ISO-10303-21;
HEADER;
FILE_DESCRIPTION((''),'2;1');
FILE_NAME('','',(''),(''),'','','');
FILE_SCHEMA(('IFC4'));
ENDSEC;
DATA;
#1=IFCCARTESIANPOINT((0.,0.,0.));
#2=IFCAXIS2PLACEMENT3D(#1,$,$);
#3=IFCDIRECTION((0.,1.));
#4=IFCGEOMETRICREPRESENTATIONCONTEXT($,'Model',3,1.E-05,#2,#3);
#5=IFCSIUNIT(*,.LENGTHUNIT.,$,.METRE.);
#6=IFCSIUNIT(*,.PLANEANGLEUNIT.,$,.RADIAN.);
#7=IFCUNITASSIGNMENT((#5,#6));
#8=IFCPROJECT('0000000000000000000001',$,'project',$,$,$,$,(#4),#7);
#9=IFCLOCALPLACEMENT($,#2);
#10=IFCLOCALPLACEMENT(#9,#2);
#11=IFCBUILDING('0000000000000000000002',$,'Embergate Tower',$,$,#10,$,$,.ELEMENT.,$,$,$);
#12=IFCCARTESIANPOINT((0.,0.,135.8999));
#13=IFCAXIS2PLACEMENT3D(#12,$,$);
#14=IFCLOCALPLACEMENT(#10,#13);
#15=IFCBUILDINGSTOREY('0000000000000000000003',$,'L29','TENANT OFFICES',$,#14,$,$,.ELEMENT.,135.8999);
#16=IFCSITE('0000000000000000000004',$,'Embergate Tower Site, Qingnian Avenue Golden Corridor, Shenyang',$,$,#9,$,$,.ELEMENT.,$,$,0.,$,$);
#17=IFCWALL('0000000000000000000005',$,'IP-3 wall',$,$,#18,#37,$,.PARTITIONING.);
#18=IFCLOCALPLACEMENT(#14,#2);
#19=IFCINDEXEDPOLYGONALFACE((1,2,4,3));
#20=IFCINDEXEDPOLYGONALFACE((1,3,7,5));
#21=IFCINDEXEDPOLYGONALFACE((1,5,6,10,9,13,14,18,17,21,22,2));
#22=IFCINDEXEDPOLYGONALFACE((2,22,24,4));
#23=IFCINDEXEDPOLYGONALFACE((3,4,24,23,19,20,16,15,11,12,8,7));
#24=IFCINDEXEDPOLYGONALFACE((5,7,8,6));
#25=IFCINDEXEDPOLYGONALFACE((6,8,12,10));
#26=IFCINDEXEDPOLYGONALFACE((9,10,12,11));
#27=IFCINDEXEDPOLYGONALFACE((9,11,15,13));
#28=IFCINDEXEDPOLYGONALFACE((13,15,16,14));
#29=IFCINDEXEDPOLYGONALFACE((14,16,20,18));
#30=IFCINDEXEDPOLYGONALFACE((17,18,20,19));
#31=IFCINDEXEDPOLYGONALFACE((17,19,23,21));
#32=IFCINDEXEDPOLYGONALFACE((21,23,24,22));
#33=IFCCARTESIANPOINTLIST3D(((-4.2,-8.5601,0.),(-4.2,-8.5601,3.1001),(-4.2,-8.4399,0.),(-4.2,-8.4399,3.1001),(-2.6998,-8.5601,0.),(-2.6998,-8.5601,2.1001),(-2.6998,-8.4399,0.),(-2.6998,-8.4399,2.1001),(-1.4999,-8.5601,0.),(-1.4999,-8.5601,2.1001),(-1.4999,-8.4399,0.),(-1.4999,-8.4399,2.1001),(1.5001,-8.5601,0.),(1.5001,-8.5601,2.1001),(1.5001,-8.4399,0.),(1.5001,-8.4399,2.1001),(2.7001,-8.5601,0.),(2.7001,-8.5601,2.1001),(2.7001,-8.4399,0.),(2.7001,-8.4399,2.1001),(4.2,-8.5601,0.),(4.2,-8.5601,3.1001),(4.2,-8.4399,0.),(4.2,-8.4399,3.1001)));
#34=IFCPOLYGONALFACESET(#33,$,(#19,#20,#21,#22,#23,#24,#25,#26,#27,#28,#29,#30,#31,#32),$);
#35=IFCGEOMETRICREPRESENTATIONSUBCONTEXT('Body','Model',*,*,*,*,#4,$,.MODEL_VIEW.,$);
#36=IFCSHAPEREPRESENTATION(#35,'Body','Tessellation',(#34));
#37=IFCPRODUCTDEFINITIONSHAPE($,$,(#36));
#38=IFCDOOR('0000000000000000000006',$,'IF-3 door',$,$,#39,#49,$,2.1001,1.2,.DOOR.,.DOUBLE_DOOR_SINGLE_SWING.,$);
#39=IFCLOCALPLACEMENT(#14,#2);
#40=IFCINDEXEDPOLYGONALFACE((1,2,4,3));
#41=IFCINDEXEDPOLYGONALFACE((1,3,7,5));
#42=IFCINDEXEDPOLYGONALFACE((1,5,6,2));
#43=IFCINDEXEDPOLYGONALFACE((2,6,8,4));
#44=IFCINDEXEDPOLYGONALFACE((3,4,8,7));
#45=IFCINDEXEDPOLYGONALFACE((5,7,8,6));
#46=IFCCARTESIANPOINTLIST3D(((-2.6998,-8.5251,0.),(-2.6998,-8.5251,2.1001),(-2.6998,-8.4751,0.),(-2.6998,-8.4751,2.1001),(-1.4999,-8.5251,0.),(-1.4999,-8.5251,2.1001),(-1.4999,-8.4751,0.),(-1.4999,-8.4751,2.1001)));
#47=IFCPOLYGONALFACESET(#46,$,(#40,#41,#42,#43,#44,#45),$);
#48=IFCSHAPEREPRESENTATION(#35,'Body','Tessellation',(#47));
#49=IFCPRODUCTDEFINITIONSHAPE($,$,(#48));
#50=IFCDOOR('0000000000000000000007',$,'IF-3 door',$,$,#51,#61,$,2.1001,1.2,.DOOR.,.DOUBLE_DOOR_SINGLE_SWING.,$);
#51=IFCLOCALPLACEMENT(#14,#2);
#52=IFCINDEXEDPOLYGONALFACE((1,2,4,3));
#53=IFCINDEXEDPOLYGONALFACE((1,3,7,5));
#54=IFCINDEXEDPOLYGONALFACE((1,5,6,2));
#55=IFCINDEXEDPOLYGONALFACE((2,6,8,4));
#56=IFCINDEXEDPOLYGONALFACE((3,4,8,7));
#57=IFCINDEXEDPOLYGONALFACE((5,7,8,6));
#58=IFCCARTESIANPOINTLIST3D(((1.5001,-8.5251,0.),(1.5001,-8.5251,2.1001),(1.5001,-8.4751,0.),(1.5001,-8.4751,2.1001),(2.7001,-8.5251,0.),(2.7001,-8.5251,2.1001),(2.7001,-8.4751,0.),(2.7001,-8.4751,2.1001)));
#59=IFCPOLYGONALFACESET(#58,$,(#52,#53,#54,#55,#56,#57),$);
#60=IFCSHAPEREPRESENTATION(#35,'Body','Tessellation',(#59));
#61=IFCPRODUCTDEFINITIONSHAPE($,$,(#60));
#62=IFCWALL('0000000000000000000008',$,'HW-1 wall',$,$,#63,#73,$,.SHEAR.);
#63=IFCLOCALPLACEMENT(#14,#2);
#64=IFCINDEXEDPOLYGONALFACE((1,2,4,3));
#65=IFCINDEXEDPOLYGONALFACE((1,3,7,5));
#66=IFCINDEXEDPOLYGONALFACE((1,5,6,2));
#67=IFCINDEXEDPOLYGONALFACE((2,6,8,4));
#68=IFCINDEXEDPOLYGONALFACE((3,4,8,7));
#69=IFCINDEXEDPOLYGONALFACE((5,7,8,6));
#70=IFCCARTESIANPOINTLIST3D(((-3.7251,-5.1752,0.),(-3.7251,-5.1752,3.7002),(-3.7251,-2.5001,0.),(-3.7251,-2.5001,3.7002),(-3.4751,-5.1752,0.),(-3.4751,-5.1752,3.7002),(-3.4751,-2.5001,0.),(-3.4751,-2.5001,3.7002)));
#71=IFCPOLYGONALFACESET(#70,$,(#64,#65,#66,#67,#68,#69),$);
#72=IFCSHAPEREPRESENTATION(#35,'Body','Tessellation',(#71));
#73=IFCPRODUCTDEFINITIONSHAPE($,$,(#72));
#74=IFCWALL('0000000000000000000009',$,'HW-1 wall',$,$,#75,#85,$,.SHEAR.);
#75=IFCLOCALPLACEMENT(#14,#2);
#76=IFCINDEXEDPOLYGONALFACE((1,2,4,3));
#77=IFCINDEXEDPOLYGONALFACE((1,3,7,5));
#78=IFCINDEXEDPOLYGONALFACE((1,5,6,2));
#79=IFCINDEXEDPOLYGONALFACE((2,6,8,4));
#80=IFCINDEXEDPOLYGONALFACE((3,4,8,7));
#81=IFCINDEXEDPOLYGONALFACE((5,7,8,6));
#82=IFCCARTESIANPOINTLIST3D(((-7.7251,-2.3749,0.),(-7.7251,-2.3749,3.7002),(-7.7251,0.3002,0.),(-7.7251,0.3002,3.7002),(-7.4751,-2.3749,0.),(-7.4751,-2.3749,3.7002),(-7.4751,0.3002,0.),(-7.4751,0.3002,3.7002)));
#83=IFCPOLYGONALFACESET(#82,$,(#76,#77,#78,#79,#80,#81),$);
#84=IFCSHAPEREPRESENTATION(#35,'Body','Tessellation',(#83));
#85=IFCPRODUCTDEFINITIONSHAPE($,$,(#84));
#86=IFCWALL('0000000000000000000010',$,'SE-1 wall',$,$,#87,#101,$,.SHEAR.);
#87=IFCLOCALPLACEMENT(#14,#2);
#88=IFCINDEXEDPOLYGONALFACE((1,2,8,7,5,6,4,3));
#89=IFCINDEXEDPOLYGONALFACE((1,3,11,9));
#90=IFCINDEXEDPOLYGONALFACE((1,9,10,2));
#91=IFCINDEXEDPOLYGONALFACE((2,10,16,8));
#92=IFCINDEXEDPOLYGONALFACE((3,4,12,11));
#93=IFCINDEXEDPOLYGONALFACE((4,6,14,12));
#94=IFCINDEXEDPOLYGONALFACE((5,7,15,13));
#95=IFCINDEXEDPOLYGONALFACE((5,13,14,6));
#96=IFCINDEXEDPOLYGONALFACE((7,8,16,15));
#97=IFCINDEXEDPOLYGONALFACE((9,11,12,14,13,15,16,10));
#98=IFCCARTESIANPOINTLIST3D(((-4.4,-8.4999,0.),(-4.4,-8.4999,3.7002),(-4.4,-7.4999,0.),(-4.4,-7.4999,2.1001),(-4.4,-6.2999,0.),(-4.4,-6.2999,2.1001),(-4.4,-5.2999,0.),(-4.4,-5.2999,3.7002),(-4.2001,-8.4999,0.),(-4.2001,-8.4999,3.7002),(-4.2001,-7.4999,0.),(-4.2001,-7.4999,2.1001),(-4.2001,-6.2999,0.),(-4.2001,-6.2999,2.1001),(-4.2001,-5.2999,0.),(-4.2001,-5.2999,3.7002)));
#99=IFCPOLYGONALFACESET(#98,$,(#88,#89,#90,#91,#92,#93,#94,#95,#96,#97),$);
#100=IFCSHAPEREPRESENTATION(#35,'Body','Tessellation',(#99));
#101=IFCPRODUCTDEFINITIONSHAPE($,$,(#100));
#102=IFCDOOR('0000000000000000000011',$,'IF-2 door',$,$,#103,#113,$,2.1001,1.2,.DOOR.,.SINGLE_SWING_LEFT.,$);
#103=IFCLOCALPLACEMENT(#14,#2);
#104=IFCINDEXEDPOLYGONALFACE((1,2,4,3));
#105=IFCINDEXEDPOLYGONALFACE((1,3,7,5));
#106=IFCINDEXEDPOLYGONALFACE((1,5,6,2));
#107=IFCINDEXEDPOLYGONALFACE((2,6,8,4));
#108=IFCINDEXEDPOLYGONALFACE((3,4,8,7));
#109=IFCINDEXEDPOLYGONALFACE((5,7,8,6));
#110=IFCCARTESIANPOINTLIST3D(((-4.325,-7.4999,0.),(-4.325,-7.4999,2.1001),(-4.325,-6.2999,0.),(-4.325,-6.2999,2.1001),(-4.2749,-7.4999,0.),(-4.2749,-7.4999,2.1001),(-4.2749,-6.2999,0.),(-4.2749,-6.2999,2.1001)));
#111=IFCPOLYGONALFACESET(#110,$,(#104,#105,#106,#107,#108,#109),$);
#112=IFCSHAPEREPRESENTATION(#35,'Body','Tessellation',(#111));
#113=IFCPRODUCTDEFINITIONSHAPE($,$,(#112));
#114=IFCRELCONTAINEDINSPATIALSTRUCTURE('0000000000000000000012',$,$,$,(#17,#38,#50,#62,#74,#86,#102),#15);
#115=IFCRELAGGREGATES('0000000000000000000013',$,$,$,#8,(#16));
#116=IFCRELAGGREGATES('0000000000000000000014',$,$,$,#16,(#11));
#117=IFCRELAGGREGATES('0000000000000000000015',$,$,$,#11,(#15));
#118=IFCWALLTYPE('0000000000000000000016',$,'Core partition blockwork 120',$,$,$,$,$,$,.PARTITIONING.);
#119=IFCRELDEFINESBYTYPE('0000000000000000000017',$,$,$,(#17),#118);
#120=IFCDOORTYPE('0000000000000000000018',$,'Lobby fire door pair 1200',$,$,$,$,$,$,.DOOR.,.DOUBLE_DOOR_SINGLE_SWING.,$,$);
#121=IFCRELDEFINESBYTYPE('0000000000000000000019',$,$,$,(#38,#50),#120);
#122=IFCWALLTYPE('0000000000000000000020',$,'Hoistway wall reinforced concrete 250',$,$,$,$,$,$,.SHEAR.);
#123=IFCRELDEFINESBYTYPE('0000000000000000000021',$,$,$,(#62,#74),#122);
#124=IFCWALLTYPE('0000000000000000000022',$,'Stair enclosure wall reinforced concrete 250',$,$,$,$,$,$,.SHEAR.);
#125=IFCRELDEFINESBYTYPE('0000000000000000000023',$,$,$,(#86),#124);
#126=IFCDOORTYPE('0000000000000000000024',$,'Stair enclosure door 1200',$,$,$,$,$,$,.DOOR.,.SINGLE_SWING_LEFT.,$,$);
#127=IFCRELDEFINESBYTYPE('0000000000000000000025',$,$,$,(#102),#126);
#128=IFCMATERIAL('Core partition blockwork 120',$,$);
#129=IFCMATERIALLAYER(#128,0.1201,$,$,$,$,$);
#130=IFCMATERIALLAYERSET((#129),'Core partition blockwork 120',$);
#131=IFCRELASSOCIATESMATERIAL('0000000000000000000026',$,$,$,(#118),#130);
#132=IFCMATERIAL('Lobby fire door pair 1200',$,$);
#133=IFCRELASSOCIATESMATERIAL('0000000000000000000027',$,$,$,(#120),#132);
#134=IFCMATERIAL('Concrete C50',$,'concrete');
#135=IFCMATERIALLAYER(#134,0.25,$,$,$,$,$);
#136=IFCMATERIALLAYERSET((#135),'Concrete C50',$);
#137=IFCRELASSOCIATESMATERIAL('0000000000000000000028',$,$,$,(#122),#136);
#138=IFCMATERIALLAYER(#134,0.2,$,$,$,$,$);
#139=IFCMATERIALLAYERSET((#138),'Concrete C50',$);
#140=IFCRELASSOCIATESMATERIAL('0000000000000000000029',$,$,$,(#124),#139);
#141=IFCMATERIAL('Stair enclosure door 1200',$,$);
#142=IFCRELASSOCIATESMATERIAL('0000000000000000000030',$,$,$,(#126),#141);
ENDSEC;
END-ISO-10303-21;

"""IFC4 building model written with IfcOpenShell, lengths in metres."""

from ifc_helpers import new_model, si_unit, direction, frame, frame_2d, origin, place, context, subcontext, project, spatial, rectangle, extrude, source, transform, mapped, material, layer, layer_set, type_object, element, fill, save


model = new_model("IFC4")

# Units and contexts
model_context = context("Model", 3, precision=1e-05, world=origin(), true_north=direction((0.0, 1.0)))
body_context = subcontext(model_context, "Body", "Model", "MODEL_VIEW")
ifc_project = project(units=[si_unit("LENGTHUNIT", "METRE"), si_unit("PLANEANGLEUNIT", "RADIAN")], contexts=[model_context])

# Site, building, storey
site_placement = place(None, origin())
site = spatial("IfcSite", under=ifc_project, at=site_placement, Name="Embergate Tower Site, Qingnian Avenue Golden Corridor, Shenyang", CompositionType="ELEMENT", RefElevation=0.0)
building_placement = place(site_placement, origin())
building = spatial("IfcBuilding", under=site, at=building_placement, Name="Embergate Tower", CompositionType="ELEMENT")
storey_placement = place(building_placement, frame((0.0, 0.0, 135.8999)))
storey = spatial("IfcBuildingStorey", under=building, at=storey_placement, Name="L29", Description="TENANT OFFICES", CompositionType="ELEMENT", Elevation=135.8999)

# Wall, openings, doors
ifc_material_1 = material(Name="Core partition blockwork 120")
ifc_layer_1 = layer(ifc_material_1, 0.1201)
ifc_layer_set_1 = layer_set([ifc_layer_1], Name="Core partition blockwork 120")
wall_type_1 = type_object("IfcWallType", Name="Core partition blockwork 120", PredefinedType="PARTITIONING", material=ifc_layer_set_1)
shared_shape_1 = source(origin(), body_context, "Body", "SweptSolid", [
    extrude(rectangle(XDim=8.3999, YDim=0.1201, at=frame_2d((4.2, 0.0))), origin(), (0.0, 0.0, 1.0), 3.1001),
])
wall_1_placement = place(storey_placement, frame((-4.2, -8.5, 0.0), z_axis=(0.0, 0.0, 1.0), x_axis=(1.0, 0.0, 0.0)))
wall_1 = element("IfcWall", 1, at=wall_1_placement, inside=storey, type_object=wall_type_1, Name="IP-3 wall", PredefinedType="PARTITIONING", context=body_context, shape_type="MappedRepresentation", body=[
    mapped(shared_shape_1, transform((0.0, 0.0, 0.0))),
])
shared_shape_2 = source(origin(), body_context, "Body", "SweptSolid", [
    extrude(rectangle(XDim=1.2, YDim=2.1001, at=frame_2d((0.6001, 1.05))), frame((0.0, 0.0701, 0.0), z_axis=(0.0, -1.0, 0.0), x_axis=(1.0, 0.0, 0.0)), (0.0, 0.0, 1.0), 0.1401),
])
opening_1_placement = place(wall_1_placement, frame((1.5, 0.0, 0.0)))
opening_1 = element("IfcOpeningElement", 2, at=opening_1_placement, cuts=wall_1, PredefinedType="OPENING", context=body_context, shape_type="MappedRepresentation", body=[
    mapped(shared_shape_2, transform((0.0, 0.0, 0.0))),
])
opening_2_placement = place(wall_1_placement, frame((5.7, 0.0, 0.0)))
opening_2 = element("IfcOpeningElement", 3, at=opening_2_placement, cuts=wall_1, PredefinedType="OPENING", context=body_context, shape_type="MappedRepresentation", body=[
    mapped(shared_shape_2, transform((0.0, 0.0, 0.0))),
])
ifc_material_2 = material(Name="Lobby fire door pair 1200")
door_type_1 = type_object("IfcDoorType", Name="Lobby fire door pair 1200", OperationType="DOUBLE_DOOR_SINGLE_SWING", PredefinedType="DOOR", material=ifc_material_2)
shared_shape_3 = source(origin(), body_context, "Body", "SweptSolid", [
    extrude(rectangle(XDim=1.2, YDim=2.1001, at=frame_2d((0.6001, 1.05))), frame((0.0, 0.0249, 0.0), z_axis=(0.0, -1.0, 0.0), x_axis=(1.0, 0.0, 0.0)), (0.0, 0.0, 1.0), 0.05),
])
door_1_placement = place(opening_1_placement, origin())
door_1 = element("IfcDoor", 4, at=door_1_placement, inside=storey, type_object=door_type_1, Name="IF-3 door", OperationType="DOUBLE_DOOR_SINGLE_SWING", OverallHeight=2.1001, OverallWidth=1.2, PredefinedType="DOOR", context=body_context, shape_type="MappedRepresentation", body=[
    mapped(shared_shape_3, transform((0.0, 0.0, 0.0))),
])
fill(opening_1, door_1)
door_2_placement = place(opening_2_placement, origin())
door_2 = element("IfcDoor", 5, at=door_2_placement, inside=storey, type_object=door_type_1, Name="IF-3 door", OperationType="DOUBLE_DOOR_SINGLE_SWING", OverallHeight=2.1001, OverallWidth=1.2, PredefinedType="DOOR", context=body_context, shape_type="MappedRepresentation", body=[
    mapped(shared_shape_3, transform((0.0, 0.0, 0.0))),
])
fill(opening_2, door_2)

# Walls
ifc_material_3 = material(Name="Concrete C50", Category="concrete")
ifc_layer_2 = layer(ifc_material_3, 0.25)
ifc_layer_set_2 = layer_set([ifc_layer_2], Name="Concrete C50")
wall_type_2 = type_object("IfcWallType", Name="Hoistway wall reinforced concrete 250", PredefinedType="SHEAR", material=ifc_layer_set_2)
shared_shape_4 = source(origin(), body_context, "Body", "SweptSolid", [
    extrude(rectangle(XDim=2.675, YDim=0.25, at=frame_2d((1.3374, 0.0))), origin(), (0.0, 0.0, 1.0), 3.7002),
])
for number, where, z_axis, x_axis, name in (
    (6, (-3.6001, -5.175, 0.0), (0.0, 0.0, 1.0), (0.0, 1.0, 0.0), "HW-1 wall"),
    (7, (-7.6001, 0.3, 0.0), (0.0, 0.0, 1.0), (0.0, -1.0, 0.0), "HW-1 wall"),
):
    element("IfcWall", number, at=place(storey_placement, frame(where, z_axis=z_axis, x_axis=x_axis)), inside=storey, type_object=wall_type_2, Name=name, PredefinedType="SHEAR", context=body_context, shape_type="MappedRepresentation", body=[
        mapped(shared_shape_4, transform((0.0, 0.0, 0.0))),
    ])

# Wall, opening, door
ifc_layer_3 = layer(ifc_material_3, 0.2)
ifc_layer_set_3 = layer_set([ifc_layer_3], Name="Concrete C50")
wall_type_3 = type_object("IfcWallType", Name="Stair enclosure wall reinforced concrete 250", PredefinedType="SHEAR", material=ifc_layer_set_3)
shared_shape_5 = source(origin(), body_context, "Body", "SweptSolid", [
    extrude(rectangle(XDim=3.2, YDim=0.2, at=frame_2d((1.6001, 0.0))), origin(), (0.0, 0.0, 1.0), 3.7002),
])
wall_2_placement = place(storey_placement, frame((-4.3, -8.5, 0.0), z_axis=(0.0, 0.0, 1.0), x_axis=(0.0, 1.0, 0.0)))
wall_2 = element("IfcWall", 8, at=wall_2_placement, inside=storey, type_object=wall_type_3, Name="SE-1 wall", PredefinedType="SHEAR", context=body_context, shape_type="MappedRepresentation", body=[
    mapped(shared_shape_5, transform((0.0, 0.0, 0.0))),
])
shared_shape_6 = source(origin(), body_context, "Body", "SweptSolid", [
    extrude(rectangle(XDim=1.2, YDim=2.1001, at=frame_2d((0.6001, 1.05))), frame((0.0, 0.1099, 0.0), z_axis=(0.0, -1.0, 0.0), x_axis=(1.0, 0.0, 0.0)), (0.0, 0.0, 1.0), 0.22),
])
opening_3_placement = place(wall_2_placement, frame((1.0, 0.0, 0.0)))
opening_3 = element("IfcOpeningElement", 9, at=opening_3_placement, cuts=wall_2, PredefinedType="OPENING", context=body_context, shape_type="MappedRepresentation", body=[
    mapped(shared_shape_6, transform((0.0, 0.0, 0.0))),
])
ifc_material_4 = material(Name="Stair enclosure door 1200")
door_type_2 = type_object("IfcDoorType", Name="Stair enclosure door 1200", OperationType="SINGLE_SWING_LEFT", PredefinedType="DOOR", material=ifc_material_4)
door_3_placement = place(opening_3_placement, origin())
door_3 = element("IfcDoor", 10, at=door_3_placement, inside=storey, type_object=door_type_2, Name="IF-2 door", OperationType="SINGLE_SWING_LEFT", OverallHeight=2.1001, OverallWidth=1.2, PredefinedType="DOOR", context=body_context, shape_type="MappedRepresentation", body=[
    mapped(shared_shape_3, transform((0.0, 0.0, 0.0))),
])
fill(opening_3, door_3)

save(model, "model.ifc")
